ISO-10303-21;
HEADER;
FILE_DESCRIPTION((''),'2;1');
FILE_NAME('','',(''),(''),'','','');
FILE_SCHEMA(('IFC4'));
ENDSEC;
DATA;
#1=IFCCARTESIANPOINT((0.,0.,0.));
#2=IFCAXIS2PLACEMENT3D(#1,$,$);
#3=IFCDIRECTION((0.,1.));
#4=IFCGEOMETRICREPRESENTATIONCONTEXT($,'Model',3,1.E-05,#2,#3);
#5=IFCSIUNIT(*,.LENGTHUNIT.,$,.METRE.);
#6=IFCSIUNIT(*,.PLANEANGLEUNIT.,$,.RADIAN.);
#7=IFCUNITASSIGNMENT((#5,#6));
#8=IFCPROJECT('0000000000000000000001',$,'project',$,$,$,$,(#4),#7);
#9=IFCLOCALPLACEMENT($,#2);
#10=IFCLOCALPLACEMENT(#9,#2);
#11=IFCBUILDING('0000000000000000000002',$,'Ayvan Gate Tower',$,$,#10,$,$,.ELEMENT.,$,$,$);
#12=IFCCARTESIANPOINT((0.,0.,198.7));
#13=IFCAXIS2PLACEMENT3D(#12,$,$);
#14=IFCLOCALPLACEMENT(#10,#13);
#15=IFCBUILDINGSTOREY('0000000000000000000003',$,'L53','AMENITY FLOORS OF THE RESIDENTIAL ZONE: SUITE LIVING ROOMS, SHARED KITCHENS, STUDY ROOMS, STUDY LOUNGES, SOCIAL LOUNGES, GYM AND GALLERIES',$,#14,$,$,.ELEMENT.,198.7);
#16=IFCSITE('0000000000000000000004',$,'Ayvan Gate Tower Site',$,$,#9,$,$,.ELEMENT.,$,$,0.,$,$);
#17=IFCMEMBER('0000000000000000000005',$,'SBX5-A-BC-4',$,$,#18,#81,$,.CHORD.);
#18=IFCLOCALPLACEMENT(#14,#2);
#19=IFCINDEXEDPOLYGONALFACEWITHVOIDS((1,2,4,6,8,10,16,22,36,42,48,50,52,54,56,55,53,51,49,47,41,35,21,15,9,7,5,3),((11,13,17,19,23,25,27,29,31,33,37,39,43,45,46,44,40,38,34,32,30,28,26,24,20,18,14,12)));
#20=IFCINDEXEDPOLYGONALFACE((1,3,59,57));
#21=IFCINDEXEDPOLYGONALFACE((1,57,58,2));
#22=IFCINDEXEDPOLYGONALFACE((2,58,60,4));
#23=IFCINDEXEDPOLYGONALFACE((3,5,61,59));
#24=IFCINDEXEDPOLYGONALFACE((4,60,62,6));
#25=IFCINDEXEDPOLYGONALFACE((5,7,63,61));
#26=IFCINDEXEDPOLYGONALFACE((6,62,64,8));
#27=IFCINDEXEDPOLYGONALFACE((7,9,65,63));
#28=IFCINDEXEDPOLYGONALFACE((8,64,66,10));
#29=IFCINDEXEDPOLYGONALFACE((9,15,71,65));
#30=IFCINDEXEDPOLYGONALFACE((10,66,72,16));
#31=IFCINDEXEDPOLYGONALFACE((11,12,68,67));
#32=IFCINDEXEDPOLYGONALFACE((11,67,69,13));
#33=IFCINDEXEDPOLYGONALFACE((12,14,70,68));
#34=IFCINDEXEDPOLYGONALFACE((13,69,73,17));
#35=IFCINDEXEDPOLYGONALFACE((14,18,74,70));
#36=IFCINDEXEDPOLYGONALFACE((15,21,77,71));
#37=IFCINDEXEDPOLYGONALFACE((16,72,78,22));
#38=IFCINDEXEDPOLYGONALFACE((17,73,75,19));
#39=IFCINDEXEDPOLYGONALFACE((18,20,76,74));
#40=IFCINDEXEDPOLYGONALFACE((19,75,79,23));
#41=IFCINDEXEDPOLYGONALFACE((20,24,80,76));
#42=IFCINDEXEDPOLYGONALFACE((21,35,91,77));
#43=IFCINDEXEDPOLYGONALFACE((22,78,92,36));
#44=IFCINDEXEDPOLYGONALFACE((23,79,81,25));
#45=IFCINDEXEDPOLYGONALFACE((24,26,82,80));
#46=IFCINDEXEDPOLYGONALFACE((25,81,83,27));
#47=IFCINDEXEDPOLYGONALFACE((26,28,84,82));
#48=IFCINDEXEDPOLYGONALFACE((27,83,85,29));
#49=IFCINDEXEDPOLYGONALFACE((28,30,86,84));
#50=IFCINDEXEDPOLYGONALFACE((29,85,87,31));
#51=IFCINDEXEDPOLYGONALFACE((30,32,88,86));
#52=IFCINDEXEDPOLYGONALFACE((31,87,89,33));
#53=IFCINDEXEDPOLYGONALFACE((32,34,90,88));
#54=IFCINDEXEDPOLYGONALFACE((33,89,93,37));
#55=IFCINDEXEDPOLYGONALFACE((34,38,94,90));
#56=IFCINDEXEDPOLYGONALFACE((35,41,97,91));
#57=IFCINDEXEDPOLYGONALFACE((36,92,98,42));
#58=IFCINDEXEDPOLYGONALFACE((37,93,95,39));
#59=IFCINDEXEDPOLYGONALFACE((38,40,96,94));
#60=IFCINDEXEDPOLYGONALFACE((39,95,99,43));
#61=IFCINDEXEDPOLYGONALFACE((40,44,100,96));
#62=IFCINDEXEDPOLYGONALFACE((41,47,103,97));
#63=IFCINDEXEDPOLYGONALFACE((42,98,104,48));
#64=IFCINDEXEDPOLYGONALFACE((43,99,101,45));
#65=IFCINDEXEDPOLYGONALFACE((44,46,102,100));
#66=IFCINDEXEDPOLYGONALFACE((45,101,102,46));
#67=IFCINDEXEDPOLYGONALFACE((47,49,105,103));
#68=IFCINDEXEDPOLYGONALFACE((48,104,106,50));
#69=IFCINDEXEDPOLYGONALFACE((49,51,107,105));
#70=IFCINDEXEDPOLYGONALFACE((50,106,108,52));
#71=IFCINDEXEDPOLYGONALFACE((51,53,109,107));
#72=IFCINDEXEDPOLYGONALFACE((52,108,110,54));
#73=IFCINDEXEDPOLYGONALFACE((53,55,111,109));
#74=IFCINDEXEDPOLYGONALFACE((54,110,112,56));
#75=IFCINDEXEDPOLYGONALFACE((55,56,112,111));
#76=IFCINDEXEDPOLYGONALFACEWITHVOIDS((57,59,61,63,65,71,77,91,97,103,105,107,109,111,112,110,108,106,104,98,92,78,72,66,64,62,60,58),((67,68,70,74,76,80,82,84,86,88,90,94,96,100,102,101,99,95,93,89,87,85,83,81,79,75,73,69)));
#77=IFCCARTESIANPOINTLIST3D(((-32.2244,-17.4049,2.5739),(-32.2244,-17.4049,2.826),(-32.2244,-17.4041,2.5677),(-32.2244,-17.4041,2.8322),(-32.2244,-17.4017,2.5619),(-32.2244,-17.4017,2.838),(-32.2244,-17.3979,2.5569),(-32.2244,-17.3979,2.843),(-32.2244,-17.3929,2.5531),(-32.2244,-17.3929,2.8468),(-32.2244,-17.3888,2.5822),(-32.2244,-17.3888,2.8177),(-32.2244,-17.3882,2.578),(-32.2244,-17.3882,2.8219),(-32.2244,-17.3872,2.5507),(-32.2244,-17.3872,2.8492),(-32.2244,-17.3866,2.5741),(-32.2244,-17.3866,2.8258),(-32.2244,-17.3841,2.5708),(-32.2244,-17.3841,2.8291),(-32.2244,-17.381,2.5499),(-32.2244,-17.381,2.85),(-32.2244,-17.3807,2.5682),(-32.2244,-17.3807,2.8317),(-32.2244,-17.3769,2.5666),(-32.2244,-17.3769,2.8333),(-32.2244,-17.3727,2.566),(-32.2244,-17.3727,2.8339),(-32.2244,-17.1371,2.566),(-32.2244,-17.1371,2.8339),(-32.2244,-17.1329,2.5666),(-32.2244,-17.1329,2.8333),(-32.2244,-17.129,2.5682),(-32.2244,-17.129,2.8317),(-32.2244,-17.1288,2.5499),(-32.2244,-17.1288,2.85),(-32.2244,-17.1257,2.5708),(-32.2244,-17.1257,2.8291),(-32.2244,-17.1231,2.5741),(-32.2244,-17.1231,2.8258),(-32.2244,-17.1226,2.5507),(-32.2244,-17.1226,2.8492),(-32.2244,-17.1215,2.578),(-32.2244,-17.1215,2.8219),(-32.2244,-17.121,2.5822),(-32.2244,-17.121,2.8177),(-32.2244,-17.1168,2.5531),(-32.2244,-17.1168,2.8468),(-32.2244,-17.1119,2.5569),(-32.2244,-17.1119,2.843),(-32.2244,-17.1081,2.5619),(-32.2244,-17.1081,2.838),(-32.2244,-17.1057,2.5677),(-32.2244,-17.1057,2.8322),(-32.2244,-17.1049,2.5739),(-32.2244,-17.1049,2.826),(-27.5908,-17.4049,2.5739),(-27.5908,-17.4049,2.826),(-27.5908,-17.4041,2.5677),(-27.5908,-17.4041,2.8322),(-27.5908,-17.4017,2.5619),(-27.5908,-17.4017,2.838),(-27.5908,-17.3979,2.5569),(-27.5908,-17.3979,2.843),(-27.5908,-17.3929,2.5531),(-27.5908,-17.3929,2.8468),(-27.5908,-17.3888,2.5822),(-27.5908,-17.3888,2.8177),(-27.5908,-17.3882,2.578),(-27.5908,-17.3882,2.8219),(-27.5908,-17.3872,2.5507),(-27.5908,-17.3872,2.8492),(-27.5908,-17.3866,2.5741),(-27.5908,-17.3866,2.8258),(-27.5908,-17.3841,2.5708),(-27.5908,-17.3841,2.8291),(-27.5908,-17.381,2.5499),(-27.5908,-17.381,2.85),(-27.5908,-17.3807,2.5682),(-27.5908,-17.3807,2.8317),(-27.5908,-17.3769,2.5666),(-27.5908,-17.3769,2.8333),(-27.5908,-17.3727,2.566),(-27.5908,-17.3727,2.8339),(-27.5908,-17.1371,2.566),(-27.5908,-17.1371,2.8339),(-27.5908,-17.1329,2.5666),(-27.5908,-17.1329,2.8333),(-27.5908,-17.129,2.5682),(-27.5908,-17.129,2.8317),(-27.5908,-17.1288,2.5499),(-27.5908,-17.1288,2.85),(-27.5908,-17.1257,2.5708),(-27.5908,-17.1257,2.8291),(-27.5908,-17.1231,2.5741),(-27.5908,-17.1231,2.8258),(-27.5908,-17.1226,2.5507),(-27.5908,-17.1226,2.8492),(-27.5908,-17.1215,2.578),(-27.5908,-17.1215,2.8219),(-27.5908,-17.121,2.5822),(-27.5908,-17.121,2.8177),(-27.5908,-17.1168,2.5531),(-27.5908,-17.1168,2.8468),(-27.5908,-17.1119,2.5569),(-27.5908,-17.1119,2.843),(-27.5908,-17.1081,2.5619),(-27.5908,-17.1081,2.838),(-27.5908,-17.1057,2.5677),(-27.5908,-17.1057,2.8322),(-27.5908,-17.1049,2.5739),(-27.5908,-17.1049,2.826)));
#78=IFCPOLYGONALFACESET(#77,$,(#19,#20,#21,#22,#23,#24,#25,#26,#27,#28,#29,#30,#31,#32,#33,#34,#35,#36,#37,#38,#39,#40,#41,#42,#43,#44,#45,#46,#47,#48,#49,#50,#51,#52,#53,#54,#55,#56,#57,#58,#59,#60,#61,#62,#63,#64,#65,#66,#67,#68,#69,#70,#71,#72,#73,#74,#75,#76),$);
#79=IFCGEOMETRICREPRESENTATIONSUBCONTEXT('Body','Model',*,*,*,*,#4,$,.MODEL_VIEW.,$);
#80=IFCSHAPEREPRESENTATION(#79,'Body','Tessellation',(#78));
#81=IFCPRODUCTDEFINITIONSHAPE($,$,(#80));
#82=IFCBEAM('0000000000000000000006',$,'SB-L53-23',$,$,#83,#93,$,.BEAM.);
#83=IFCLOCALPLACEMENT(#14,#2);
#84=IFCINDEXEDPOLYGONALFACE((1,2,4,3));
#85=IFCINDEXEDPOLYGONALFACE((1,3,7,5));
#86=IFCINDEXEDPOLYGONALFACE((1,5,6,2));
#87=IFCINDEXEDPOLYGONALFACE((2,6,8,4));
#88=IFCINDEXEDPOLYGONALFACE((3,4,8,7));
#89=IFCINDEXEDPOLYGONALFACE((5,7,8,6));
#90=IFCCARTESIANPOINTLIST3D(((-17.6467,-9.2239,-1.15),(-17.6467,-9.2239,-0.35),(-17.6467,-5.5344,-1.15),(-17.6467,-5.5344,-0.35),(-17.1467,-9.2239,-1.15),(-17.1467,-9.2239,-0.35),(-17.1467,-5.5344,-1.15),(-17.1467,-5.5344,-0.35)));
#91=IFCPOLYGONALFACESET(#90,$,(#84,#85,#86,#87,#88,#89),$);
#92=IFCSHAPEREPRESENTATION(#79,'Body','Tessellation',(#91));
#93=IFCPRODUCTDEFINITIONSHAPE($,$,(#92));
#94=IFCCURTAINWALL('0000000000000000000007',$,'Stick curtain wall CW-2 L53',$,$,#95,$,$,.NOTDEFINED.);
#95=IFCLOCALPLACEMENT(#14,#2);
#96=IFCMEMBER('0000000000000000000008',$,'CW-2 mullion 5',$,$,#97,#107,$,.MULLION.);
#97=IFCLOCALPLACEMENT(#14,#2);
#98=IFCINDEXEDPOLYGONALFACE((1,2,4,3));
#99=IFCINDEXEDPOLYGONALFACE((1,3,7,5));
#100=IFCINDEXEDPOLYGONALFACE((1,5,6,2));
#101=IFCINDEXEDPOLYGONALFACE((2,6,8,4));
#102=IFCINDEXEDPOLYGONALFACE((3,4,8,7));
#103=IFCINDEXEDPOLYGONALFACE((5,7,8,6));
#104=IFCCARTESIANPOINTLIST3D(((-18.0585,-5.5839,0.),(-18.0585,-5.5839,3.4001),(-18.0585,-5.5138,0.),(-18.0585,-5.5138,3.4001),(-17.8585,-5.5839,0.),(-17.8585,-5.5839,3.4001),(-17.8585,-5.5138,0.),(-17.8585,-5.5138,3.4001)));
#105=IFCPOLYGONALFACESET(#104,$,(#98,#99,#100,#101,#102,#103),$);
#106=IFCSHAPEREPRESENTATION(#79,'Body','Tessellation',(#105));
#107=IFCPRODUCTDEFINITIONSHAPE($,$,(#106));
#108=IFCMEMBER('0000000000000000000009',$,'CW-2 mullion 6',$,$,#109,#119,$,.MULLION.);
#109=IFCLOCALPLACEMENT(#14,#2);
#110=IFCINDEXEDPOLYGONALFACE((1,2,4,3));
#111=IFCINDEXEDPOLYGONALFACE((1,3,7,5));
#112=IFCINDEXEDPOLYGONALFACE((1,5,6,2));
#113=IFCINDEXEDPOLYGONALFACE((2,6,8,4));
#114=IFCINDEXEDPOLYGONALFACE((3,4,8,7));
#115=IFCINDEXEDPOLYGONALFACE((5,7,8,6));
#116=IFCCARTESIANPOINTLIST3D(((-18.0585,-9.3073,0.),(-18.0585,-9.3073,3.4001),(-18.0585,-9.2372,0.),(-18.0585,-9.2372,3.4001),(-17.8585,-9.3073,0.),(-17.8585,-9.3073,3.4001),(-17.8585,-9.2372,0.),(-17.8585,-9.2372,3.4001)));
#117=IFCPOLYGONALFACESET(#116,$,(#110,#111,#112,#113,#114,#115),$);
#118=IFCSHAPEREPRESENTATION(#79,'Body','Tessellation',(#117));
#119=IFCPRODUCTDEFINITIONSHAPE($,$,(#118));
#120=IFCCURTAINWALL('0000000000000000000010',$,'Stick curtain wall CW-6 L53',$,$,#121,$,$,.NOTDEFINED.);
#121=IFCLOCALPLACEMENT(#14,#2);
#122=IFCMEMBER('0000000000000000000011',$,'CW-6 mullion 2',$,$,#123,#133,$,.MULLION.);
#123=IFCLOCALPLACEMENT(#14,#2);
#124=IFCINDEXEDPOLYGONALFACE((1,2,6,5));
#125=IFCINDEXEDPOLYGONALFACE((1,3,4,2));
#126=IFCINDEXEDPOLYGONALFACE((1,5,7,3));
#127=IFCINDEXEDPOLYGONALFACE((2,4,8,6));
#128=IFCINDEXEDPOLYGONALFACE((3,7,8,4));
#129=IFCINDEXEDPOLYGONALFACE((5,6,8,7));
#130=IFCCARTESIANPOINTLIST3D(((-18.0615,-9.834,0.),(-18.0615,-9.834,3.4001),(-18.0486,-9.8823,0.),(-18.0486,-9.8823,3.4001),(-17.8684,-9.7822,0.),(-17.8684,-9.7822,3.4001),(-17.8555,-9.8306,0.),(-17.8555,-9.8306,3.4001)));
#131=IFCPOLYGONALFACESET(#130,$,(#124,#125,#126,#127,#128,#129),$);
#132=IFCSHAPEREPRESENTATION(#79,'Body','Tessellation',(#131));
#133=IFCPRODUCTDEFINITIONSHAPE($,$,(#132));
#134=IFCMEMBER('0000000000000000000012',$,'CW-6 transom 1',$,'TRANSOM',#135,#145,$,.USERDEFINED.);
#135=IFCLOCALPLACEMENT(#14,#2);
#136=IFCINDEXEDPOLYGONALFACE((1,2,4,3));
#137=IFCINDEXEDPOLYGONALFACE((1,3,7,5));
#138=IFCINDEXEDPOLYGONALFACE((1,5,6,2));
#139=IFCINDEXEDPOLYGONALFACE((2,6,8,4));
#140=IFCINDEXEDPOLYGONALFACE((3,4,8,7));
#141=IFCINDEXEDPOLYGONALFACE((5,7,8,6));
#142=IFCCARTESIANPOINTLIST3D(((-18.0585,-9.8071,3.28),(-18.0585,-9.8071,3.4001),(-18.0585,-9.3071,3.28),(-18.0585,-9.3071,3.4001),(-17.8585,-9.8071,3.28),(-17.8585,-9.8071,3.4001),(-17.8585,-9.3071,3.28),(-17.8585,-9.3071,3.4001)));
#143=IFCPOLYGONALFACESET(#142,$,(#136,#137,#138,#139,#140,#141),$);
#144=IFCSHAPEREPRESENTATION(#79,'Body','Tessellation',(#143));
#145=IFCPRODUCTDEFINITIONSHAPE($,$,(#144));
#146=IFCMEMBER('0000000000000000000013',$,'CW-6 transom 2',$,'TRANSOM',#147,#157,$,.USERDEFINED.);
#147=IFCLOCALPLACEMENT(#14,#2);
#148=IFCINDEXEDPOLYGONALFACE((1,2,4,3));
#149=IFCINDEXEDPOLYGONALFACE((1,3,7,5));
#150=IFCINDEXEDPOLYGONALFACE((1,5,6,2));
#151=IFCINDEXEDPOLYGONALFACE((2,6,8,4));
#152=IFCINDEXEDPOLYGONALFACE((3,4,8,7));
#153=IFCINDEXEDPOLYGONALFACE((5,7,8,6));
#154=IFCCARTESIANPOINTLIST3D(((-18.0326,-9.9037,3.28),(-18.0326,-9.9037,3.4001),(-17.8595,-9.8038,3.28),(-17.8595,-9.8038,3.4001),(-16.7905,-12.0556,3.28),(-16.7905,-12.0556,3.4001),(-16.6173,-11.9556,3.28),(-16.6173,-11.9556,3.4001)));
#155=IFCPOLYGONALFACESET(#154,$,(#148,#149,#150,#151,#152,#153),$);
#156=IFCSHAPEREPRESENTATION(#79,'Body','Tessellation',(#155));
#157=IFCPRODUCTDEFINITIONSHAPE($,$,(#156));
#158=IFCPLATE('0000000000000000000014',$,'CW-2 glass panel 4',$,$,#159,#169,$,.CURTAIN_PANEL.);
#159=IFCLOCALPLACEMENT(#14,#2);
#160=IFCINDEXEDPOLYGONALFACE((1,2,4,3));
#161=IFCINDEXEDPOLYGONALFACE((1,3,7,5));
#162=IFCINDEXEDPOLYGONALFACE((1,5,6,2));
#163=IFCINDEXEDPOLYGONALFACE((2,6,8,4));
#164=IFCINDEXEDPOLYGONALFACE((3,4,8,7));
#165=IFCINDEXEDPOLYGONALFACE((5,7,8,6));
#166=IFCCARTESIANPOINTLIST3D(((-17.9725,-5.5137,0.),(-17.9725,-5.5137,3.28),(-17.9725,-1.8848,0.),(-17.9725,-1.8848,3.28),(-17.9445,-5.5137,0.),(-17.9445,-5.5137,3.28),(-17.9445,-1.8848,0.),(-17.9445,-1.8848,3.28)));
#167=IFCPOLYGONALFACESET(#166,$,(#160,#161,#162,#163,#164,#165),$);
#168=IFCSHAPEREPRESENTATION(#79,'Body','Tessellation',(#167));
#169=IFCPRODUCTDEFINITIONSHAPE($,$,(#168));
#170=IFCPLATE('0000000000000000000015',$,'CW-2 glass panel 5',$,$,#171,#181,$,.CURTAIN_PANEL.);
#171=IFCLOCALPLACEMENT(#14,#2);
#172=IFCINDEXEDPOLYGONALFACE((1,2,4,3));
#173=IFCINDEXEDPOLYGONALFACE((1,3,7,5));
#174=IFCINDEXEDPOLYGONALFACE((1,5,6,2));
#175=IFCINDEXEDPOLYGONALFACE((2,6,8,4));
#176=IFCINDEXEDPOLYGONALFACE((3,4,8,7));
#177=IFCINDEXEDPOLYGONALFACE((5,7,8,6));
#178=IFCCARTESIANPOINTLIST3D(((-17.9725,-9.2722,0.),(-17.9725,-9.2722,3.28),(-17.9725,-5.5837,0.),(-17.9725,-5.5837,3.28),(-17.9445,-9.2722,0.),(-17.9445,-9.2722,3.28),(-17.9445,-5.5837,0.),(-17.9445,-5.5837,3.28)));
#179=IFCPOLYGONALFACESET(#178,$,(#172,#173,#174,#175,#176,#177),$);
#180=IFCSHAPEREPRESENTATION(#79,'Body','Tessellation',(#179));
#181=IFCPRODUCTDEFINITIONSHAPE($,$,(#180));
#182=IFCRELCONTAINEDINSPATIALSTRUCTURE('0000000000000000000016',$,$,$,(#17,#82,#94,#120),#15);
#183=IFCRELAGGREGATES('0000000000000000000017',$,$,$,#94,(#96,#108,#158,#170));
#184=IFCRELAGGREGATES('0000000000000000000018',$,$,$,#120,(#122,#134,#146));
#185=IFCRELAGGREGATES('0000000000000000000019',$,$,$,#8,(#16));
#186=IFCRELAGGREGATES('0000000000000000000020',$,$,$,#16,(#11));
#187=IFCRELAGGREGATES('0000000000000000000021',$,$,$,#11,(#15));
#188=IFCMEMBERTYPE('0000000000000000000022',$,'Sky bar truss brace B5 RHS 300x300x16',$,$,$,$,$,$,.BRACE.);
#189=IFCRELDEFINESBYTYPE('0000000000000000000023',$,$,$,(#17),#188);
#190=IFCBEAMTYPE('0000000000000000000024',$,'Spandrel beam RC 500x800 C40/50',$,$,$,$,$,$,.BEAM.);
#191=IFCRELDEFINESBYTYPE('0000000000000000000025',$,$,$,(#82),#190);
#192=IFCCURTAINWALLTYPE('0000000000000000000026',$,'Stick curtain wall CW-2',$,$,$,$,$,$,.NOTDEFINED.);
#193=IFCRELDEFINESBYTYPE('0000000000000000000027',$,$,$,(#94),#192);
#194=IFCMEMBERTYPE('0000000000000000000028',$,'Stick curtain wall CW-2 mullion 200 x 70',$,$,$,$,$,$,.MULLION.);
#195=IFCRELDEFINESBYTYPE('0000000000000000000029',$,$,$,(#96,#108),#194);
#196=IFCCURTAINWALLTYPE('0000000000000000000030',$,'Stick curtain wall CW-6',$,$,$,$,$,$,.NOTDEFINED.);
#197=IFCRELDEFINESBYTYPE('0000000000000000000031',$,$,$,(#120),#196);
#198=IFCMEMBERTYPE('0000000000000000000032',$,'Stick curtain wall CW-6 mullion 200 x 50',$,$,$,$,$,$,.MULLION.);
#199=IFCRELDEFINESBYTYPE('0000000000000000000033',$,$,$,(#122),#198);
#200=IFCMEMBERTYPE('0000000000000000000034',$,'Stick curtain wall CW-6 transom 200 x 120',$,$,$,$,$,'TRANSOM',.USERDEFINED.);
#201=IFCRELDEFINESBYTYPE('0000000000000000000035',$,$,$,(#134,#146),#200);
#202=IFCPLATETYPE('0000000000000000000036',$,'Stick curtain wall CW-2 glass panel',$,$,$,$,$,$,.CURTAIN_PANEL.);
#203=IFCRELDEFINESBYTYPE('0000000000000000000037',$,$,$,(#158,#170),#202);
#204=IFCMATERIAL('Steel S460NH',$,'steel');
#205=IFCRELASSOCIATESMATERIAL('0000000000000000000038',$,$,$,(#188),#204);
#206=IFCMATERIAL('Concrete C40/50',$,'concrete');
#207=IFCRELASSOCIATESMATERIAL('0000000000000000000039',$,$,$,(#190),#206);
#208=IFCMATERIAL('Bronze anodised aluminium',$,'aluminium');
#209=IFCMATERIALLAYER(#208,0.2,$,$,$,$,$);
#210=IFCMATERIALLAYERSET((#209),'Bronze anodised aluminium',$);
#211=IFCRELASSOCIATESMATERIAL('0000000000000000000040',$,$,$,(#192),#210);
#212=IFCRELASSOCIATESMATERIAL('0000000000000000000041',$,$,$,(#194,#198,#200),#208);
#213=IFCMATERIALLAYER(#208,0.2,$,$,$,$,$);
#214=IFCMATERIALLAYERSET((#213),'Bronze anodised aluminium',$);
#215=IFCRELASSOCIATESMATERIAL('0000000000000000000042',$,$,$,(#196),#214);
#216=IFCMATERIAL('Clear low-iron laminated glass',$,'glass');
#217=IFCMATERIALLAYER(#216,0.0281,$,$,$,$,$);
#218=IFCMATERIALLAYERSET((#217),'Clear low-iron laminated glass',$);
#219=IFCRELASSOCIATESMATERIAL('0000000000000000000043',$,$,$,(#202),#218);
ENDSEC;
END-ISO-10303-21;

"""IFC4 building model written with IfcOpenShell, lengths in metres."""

from ifc_helpers import new_model, si_unit, direction, frame, origin, origin_2d, place, context, subcontext, project, spatial, rectangle, hollow_rectangle, extrude, material, layer, layer_set, material_profile, profile_set, type_object, element, aggregate, save


model = new_model("IFC4")

# Units and contexts
model_context = context("Model", 3, precision=1e-05, world=origin(), true_north=direction((0.0, 1.0)))
body_context = subcontext(model_context, "Body", "Model", "MODEL_VIEW")
ifc_project = project(units=[si_unit("LENGTHUNIT", "METRE"), si_unit("PLANEANGLEUNIT", "RADIAN")], contexts=[model_context])

# Site, building, storey
site_placement = place(None, origin())
site = spatial("IfcSite", under=ifc_project, at=site_placement, Name="Ayvan Gate Tower Site", CompositionType="ELEMENT", RefElevation=0.0)
building_placement = place(site_placement, origin())
building = spatial("IfcBuilding", under=site, at=building_placement, Name="Ayvan Gate Tower", CompositionType="ELEMENT")
storey_placement = place(building_placement, frame((0.0, 0.0, 198.7)))
storey = spatial("IfcBuildingStorey", under=building, at=storey_placement, Name="L53", Description="AMENITY FLOORS OF THE RESIDENTIAL ZONE: SUITE LIVING ROOMS, SHARED KITCHENS, STUDY ROOMS, STUDY LOUNGES, SOCIAL LOUNGES, GYM AND GALLERIES", CompositionType="ELEMENT", Elevation=198.7)

# Shared definitions
ifc_material_1 = material(Name="Concrete C40/50", Category="concrete")

# Member
ifc_material_2 = material(Name="Steel S460NH", Category="steel")
ifc_material_profile_1 = material_profile(ifc_material_2, hollow_rectangle(XDim=0.3, YDim=0.3, WallThickness=0.0161, InnerFilletRadius=0.0161, OuterFilletRadius=0.0239, at=origin_2d()), Name="RHS 300x300x16")
ifc_profile_set_1 = profile_set([ifc_material_profile_1], Name="Steel S460NH")
member_type_1 = type_object("IfcMemberType", Name="Sky bar truss brace B5 RHS 300x300x16", PredefinedType="BRACE", material=ifc_profile_set_1)
member_1_placement = place(storey_placement, frame((-27.5908, -17.2549, 2.7), z_axis=(-1.0, 0.0, 0.0), x_axis=(0.0, -1.0, 0.0)))
element("IfcMember", 1, at=member_1_placement, inside=storey, type_object=member_type_1, Name="SBX5-A-BC-4", PredefinedType="CHORD", context=body_context, shape_type="SweptSolid", body=[
    extrude(hollow_rectangle(XDim=0.3, YDim=0.3, WallThickness=0.0161, InnerFilletRadius=0.0161, OuterFilletRadius=0.0239, at=origin_2d()), origin(), (0.0, 0.0, 1.0), 4.6335),
])

# Beam
ifc_material_profile_2 = material_profile(ifc_material_1, rectangle(XDim=0.5, YDim=0.8, at=origin_2d()), Name="RC 500x800")
ifc_profile_set_2 = profile_set([ifc_material_profile_2], Name="Concrete C40/50")
beam_type_1 = type_object("IfcBeamType", Name="Spandrel beam RC 500x800 C40/50", PredefinedType="BEAM", material=ifc_profile_set_2)
beam_1_placement = place(storey_placement, frame((-17.3967, -5.5344, -0.75), z_axis=(0.0, -1.0, 0.0), x_axis=(1.0, 0.0, 0.0)))
element("IfcBeam", 2, at=beam_1_placement, inside=storey, type_object=beam_type_1, Name="SB-L53-23", PredefinedType="BEAM", context=body_context, shape_type="SweptSolid", body=[
    extrude(rectangle(XDim=0.5, YDim=0.8, at=origin_2d()), origin(), (0.0, 0.0, 1.0), 3.6895),
])

# Curtain walls, members
ifc_material_3 = material(Name="Bronze anodised aluminium", Category="aluminium")
ifc_layer_1 = layer(ifc_material_3, 0.2)
ifc_layer_set_1 = layer_set([ifc_layer_1], Name="Bronze anodised aluminium")
curtain_wall_type_1 = type_object("IfcCurtainWallType", Name="Stick curtain wall CW-2", PredefinedType="NOTDEFINED", material=ifc_layer_set_1)
curtain_wall_1_placement = place(storey_placement, origin())
curtain_wall_1 = element("IfcCurtainWall", 3, at=curtain_wall_1_placement, inside=storey, type_object=curtain_wall_type_1, Name="Stick curtain wall CW-2 L53", PredefinedType="NOTDEFINED")
ifc_material_profile_3 = material_profile(ifc_material_3, rectangle(XDim=0.2, YDim=0.0701, at=origin_2d()), Name="Stick curtain wall CW-2 mullion 200 x 70")
ifc_profile_set_3 = profile_set([ifc_material_profile_3], Name="Bronze anodised aluminium")
member_type_2 = type_object("IfcMemberType", Name="Stick curtain wall CW-2 mullion 200 x 70", PredefinedType="MULLION", material=ifc_profile_set_3)
member_2_placement = place(storey_placement, frame((-17.9585, -5.5488, 0.0), z_axis=(0.0, 0.0, 1.0), x_axis=(-1.0, 0.0, 0.0)))
member_2 = element("IfcMember", 4, at=member_2_placement, type_object=member_type_2, Name="CW-2 mullion 5", PredefinedType="MULLION", context=body_context, shape_type="SweptSolid", body=[
    extrude(rectangle(XDim=0.2, YDim=0.0701, at=origin_2d()), origin(), (0.0, 0.0, 1.0), 3.4001),
])
member_3_placement = place(storey_placement, frame((-17.9585, -9.2722, 0.0), z_axis=(0.0, 0.0, 1.0), x_axis=(-1.0, 0.0, 0.0)))
member_3 = element("IfcMember", 5, at=member_3_placement, type_object=member_type_2, Name="CW-2 mullion 6", PredefinedType="MULLION", context=body_context, shape_type="SweptSolid", body=[
    extrude(rectangle(XDim=0.2, YDim=0.0701, at=origin_2d()), origin(), (0.0, 0.0, 1.0), 3.4001),
])
ifc_layer_2 = layer(ifc_material_3, 0.2)
ifc_layer_set_2 = layer_set([ifc_layer_2], Name="Bronze anodised aluminium")
curtain_wall_type_2 = type_object("IfcCurtainWallType", Name="Stick curtain wall CW-6", PredefinedType="NOTDEFINED", material=ifc_layer_set_2)
curtain_wall_2_placement = place(storey_placement, origin())
curtain_wall_2 = element("IfcCurtainWall", 6, at=curtain_wall_2_placement, inside=storey, type_object=curtain_wall_type_2, Name="Stick curtain wall CW-6 L53", PredefinedType="NOTDEFINED")
ifc_material_profile_4 = material_profile(ifc_material_3, rectangle(XDim=0.2, YDim=0.05, at=origin_2d()), Name="Stick curtain wall CW-6 mullion 200 x 50")
ifc_profile_set_4 = profile_set([ifc_material_profile_4], Name="Bronze anodised aluminium")
member_type_3 = type_object("IfcMemberType", Name="Stick curtain wall CW-6 mullion 200 x 50", PredefinedType="MULLION", material=ifc_profile_set_4)
member_4_placement = place(storey_placement, frame((-17.9585, -9.8323, 0.0), z_axis=(0.0, 0.0, 1.0), x_axis=(-0.965926, -0.258819, 0.0)))
member_4 = element("IfcMember", 7, at=member_4_placement, type_object=member_type_3, Name="CW-6 mullion 2", PredefinedType="MULLION", context=body_context, shape_type="SweptSolid", body=[
    extrude(rectangle(XDim=0.2, YDim=0.05, at=origin_2d()), origin(), (0.0, 0.0, 1.0), 3.4001),
])
ifc_material_profile_5 = material_profile(ifc_material_3, rectangle(XDim=0.2, YDim=0.1201, at=origin_2d()), Name="Stick curtain wall CW-6 transom 200 x 120")
ifc_profile_set_5 = profile_set([ifc_material_profile_5], Name="Bronze anodised aluminium")
member_type_4 = type_object("IfcMemberType", Name="Stick curtain wall CW-6 transom 200 x 120", ElementType="TRANSOM", PredefinedType="USERDEFINED", material=ifc_profile_set_5)
member_5_placement = place(storey_placement, frame((-17.9585, -9.3071, 3.3401), z_axis=(0.0, -1.0, 0.0), x_axis=(1.0, 0.0, 0.0)))
member_5 = element("IfcMember", 8, at=member_5_placement, type_object=member_type_4, Name="CW-6 transom 1", ObjectType="TRANSOM", PredefinedType="USERDEFINED", context=body_context, shape_type="SweptSolid", body=[
    extrude(rectangle(XDim=0.2, YDim=0.1201, at=origin_2d()), origin(), (0.0, 0.0, 1.0), 0.5),
])
member_6_placement = place(storey_placement, frame((-17.946, -9.8538, 3.3401), z_axis=(0.499944, -0.866058, 0.0), x_axis=(0.866058, 0.499944, 0.0)))
member_6 = element("IfcMember", 9, at=member_6_placement, type_object=member_type_4, Name="CW-6 transom 2", ObjectType="TRANSOM", PredefinedType="USERDEFINED", context=body_context, shape_type="SweptSolid", body=[
    extrude(rectangle(XDim=0.2, YDim=0.1201, at=origin_2d()), origin(), (0.0, 0.0, 1.0), 2.4846),
])

# Plates
ifc_material_4 = material(Name="Clear low-iron laminated glass", Category="glass")
ifc_layer_3 = layer(ifc_material_4, 0.0281)
ifc_layer_set_3 = layer_set([ifc_layer_3], Name="Clear low-iron laminated glass")
plate_type_1 = type_object("IfcPlateType", Name="Stick curtain wall CW-2 glass panel", PredefinedType="CURTAIN_PANEL", material=ifc_layer_set_3)
plate_1_placement = place(storey_placement, frame((-17.9585, -3.6992, 0.0), z_axis=(0.0, 0.0, 1.0), x_axis=(0.0, -1.0, 0.0)))
plate_1 = element("IfcPlate", 10, at=plate_1_placement, type_object=plate_type_1, Name="CW-2 glass panel 4", PredefinedType="CURTAIN_PANEL", context=body_context, shape_type="SweptSolid", body=[
    extrude(rectangle(XDim=3.6289, YDim=0.0281, at=origin_2d()), origin(), (0.0, 0.0, 1.0), 3.28),
])
plate_2_placement = place(storey_placement, frame((-17.9585, -7.428, 0.0), z_axis=(0.0, 0.0, 1.0), x_axis=(0.0, -1.0, 0.0)))
plate_2 = element("IfcPlate", 11, at=plate_2_placement, type_object=plate_type_1, Name="CW-2 glass panel 5", PredefinedType="CURTAIN_PANEL", context=body_context, shape_type="SweptSolid", body=[
    extrude(rectangle(XDim=3.6885, YDim=0.0281, at=origin_2d()), origin(), (0.0, 0.0, 1.0), 3.28),
])
aggregate(curtain_wall_1, [member_2, member_3, plate_1, plate_2])
aggregate(curtain_wall_2, [member_4, member_5, member_6])

save(model, "model.ifc")
